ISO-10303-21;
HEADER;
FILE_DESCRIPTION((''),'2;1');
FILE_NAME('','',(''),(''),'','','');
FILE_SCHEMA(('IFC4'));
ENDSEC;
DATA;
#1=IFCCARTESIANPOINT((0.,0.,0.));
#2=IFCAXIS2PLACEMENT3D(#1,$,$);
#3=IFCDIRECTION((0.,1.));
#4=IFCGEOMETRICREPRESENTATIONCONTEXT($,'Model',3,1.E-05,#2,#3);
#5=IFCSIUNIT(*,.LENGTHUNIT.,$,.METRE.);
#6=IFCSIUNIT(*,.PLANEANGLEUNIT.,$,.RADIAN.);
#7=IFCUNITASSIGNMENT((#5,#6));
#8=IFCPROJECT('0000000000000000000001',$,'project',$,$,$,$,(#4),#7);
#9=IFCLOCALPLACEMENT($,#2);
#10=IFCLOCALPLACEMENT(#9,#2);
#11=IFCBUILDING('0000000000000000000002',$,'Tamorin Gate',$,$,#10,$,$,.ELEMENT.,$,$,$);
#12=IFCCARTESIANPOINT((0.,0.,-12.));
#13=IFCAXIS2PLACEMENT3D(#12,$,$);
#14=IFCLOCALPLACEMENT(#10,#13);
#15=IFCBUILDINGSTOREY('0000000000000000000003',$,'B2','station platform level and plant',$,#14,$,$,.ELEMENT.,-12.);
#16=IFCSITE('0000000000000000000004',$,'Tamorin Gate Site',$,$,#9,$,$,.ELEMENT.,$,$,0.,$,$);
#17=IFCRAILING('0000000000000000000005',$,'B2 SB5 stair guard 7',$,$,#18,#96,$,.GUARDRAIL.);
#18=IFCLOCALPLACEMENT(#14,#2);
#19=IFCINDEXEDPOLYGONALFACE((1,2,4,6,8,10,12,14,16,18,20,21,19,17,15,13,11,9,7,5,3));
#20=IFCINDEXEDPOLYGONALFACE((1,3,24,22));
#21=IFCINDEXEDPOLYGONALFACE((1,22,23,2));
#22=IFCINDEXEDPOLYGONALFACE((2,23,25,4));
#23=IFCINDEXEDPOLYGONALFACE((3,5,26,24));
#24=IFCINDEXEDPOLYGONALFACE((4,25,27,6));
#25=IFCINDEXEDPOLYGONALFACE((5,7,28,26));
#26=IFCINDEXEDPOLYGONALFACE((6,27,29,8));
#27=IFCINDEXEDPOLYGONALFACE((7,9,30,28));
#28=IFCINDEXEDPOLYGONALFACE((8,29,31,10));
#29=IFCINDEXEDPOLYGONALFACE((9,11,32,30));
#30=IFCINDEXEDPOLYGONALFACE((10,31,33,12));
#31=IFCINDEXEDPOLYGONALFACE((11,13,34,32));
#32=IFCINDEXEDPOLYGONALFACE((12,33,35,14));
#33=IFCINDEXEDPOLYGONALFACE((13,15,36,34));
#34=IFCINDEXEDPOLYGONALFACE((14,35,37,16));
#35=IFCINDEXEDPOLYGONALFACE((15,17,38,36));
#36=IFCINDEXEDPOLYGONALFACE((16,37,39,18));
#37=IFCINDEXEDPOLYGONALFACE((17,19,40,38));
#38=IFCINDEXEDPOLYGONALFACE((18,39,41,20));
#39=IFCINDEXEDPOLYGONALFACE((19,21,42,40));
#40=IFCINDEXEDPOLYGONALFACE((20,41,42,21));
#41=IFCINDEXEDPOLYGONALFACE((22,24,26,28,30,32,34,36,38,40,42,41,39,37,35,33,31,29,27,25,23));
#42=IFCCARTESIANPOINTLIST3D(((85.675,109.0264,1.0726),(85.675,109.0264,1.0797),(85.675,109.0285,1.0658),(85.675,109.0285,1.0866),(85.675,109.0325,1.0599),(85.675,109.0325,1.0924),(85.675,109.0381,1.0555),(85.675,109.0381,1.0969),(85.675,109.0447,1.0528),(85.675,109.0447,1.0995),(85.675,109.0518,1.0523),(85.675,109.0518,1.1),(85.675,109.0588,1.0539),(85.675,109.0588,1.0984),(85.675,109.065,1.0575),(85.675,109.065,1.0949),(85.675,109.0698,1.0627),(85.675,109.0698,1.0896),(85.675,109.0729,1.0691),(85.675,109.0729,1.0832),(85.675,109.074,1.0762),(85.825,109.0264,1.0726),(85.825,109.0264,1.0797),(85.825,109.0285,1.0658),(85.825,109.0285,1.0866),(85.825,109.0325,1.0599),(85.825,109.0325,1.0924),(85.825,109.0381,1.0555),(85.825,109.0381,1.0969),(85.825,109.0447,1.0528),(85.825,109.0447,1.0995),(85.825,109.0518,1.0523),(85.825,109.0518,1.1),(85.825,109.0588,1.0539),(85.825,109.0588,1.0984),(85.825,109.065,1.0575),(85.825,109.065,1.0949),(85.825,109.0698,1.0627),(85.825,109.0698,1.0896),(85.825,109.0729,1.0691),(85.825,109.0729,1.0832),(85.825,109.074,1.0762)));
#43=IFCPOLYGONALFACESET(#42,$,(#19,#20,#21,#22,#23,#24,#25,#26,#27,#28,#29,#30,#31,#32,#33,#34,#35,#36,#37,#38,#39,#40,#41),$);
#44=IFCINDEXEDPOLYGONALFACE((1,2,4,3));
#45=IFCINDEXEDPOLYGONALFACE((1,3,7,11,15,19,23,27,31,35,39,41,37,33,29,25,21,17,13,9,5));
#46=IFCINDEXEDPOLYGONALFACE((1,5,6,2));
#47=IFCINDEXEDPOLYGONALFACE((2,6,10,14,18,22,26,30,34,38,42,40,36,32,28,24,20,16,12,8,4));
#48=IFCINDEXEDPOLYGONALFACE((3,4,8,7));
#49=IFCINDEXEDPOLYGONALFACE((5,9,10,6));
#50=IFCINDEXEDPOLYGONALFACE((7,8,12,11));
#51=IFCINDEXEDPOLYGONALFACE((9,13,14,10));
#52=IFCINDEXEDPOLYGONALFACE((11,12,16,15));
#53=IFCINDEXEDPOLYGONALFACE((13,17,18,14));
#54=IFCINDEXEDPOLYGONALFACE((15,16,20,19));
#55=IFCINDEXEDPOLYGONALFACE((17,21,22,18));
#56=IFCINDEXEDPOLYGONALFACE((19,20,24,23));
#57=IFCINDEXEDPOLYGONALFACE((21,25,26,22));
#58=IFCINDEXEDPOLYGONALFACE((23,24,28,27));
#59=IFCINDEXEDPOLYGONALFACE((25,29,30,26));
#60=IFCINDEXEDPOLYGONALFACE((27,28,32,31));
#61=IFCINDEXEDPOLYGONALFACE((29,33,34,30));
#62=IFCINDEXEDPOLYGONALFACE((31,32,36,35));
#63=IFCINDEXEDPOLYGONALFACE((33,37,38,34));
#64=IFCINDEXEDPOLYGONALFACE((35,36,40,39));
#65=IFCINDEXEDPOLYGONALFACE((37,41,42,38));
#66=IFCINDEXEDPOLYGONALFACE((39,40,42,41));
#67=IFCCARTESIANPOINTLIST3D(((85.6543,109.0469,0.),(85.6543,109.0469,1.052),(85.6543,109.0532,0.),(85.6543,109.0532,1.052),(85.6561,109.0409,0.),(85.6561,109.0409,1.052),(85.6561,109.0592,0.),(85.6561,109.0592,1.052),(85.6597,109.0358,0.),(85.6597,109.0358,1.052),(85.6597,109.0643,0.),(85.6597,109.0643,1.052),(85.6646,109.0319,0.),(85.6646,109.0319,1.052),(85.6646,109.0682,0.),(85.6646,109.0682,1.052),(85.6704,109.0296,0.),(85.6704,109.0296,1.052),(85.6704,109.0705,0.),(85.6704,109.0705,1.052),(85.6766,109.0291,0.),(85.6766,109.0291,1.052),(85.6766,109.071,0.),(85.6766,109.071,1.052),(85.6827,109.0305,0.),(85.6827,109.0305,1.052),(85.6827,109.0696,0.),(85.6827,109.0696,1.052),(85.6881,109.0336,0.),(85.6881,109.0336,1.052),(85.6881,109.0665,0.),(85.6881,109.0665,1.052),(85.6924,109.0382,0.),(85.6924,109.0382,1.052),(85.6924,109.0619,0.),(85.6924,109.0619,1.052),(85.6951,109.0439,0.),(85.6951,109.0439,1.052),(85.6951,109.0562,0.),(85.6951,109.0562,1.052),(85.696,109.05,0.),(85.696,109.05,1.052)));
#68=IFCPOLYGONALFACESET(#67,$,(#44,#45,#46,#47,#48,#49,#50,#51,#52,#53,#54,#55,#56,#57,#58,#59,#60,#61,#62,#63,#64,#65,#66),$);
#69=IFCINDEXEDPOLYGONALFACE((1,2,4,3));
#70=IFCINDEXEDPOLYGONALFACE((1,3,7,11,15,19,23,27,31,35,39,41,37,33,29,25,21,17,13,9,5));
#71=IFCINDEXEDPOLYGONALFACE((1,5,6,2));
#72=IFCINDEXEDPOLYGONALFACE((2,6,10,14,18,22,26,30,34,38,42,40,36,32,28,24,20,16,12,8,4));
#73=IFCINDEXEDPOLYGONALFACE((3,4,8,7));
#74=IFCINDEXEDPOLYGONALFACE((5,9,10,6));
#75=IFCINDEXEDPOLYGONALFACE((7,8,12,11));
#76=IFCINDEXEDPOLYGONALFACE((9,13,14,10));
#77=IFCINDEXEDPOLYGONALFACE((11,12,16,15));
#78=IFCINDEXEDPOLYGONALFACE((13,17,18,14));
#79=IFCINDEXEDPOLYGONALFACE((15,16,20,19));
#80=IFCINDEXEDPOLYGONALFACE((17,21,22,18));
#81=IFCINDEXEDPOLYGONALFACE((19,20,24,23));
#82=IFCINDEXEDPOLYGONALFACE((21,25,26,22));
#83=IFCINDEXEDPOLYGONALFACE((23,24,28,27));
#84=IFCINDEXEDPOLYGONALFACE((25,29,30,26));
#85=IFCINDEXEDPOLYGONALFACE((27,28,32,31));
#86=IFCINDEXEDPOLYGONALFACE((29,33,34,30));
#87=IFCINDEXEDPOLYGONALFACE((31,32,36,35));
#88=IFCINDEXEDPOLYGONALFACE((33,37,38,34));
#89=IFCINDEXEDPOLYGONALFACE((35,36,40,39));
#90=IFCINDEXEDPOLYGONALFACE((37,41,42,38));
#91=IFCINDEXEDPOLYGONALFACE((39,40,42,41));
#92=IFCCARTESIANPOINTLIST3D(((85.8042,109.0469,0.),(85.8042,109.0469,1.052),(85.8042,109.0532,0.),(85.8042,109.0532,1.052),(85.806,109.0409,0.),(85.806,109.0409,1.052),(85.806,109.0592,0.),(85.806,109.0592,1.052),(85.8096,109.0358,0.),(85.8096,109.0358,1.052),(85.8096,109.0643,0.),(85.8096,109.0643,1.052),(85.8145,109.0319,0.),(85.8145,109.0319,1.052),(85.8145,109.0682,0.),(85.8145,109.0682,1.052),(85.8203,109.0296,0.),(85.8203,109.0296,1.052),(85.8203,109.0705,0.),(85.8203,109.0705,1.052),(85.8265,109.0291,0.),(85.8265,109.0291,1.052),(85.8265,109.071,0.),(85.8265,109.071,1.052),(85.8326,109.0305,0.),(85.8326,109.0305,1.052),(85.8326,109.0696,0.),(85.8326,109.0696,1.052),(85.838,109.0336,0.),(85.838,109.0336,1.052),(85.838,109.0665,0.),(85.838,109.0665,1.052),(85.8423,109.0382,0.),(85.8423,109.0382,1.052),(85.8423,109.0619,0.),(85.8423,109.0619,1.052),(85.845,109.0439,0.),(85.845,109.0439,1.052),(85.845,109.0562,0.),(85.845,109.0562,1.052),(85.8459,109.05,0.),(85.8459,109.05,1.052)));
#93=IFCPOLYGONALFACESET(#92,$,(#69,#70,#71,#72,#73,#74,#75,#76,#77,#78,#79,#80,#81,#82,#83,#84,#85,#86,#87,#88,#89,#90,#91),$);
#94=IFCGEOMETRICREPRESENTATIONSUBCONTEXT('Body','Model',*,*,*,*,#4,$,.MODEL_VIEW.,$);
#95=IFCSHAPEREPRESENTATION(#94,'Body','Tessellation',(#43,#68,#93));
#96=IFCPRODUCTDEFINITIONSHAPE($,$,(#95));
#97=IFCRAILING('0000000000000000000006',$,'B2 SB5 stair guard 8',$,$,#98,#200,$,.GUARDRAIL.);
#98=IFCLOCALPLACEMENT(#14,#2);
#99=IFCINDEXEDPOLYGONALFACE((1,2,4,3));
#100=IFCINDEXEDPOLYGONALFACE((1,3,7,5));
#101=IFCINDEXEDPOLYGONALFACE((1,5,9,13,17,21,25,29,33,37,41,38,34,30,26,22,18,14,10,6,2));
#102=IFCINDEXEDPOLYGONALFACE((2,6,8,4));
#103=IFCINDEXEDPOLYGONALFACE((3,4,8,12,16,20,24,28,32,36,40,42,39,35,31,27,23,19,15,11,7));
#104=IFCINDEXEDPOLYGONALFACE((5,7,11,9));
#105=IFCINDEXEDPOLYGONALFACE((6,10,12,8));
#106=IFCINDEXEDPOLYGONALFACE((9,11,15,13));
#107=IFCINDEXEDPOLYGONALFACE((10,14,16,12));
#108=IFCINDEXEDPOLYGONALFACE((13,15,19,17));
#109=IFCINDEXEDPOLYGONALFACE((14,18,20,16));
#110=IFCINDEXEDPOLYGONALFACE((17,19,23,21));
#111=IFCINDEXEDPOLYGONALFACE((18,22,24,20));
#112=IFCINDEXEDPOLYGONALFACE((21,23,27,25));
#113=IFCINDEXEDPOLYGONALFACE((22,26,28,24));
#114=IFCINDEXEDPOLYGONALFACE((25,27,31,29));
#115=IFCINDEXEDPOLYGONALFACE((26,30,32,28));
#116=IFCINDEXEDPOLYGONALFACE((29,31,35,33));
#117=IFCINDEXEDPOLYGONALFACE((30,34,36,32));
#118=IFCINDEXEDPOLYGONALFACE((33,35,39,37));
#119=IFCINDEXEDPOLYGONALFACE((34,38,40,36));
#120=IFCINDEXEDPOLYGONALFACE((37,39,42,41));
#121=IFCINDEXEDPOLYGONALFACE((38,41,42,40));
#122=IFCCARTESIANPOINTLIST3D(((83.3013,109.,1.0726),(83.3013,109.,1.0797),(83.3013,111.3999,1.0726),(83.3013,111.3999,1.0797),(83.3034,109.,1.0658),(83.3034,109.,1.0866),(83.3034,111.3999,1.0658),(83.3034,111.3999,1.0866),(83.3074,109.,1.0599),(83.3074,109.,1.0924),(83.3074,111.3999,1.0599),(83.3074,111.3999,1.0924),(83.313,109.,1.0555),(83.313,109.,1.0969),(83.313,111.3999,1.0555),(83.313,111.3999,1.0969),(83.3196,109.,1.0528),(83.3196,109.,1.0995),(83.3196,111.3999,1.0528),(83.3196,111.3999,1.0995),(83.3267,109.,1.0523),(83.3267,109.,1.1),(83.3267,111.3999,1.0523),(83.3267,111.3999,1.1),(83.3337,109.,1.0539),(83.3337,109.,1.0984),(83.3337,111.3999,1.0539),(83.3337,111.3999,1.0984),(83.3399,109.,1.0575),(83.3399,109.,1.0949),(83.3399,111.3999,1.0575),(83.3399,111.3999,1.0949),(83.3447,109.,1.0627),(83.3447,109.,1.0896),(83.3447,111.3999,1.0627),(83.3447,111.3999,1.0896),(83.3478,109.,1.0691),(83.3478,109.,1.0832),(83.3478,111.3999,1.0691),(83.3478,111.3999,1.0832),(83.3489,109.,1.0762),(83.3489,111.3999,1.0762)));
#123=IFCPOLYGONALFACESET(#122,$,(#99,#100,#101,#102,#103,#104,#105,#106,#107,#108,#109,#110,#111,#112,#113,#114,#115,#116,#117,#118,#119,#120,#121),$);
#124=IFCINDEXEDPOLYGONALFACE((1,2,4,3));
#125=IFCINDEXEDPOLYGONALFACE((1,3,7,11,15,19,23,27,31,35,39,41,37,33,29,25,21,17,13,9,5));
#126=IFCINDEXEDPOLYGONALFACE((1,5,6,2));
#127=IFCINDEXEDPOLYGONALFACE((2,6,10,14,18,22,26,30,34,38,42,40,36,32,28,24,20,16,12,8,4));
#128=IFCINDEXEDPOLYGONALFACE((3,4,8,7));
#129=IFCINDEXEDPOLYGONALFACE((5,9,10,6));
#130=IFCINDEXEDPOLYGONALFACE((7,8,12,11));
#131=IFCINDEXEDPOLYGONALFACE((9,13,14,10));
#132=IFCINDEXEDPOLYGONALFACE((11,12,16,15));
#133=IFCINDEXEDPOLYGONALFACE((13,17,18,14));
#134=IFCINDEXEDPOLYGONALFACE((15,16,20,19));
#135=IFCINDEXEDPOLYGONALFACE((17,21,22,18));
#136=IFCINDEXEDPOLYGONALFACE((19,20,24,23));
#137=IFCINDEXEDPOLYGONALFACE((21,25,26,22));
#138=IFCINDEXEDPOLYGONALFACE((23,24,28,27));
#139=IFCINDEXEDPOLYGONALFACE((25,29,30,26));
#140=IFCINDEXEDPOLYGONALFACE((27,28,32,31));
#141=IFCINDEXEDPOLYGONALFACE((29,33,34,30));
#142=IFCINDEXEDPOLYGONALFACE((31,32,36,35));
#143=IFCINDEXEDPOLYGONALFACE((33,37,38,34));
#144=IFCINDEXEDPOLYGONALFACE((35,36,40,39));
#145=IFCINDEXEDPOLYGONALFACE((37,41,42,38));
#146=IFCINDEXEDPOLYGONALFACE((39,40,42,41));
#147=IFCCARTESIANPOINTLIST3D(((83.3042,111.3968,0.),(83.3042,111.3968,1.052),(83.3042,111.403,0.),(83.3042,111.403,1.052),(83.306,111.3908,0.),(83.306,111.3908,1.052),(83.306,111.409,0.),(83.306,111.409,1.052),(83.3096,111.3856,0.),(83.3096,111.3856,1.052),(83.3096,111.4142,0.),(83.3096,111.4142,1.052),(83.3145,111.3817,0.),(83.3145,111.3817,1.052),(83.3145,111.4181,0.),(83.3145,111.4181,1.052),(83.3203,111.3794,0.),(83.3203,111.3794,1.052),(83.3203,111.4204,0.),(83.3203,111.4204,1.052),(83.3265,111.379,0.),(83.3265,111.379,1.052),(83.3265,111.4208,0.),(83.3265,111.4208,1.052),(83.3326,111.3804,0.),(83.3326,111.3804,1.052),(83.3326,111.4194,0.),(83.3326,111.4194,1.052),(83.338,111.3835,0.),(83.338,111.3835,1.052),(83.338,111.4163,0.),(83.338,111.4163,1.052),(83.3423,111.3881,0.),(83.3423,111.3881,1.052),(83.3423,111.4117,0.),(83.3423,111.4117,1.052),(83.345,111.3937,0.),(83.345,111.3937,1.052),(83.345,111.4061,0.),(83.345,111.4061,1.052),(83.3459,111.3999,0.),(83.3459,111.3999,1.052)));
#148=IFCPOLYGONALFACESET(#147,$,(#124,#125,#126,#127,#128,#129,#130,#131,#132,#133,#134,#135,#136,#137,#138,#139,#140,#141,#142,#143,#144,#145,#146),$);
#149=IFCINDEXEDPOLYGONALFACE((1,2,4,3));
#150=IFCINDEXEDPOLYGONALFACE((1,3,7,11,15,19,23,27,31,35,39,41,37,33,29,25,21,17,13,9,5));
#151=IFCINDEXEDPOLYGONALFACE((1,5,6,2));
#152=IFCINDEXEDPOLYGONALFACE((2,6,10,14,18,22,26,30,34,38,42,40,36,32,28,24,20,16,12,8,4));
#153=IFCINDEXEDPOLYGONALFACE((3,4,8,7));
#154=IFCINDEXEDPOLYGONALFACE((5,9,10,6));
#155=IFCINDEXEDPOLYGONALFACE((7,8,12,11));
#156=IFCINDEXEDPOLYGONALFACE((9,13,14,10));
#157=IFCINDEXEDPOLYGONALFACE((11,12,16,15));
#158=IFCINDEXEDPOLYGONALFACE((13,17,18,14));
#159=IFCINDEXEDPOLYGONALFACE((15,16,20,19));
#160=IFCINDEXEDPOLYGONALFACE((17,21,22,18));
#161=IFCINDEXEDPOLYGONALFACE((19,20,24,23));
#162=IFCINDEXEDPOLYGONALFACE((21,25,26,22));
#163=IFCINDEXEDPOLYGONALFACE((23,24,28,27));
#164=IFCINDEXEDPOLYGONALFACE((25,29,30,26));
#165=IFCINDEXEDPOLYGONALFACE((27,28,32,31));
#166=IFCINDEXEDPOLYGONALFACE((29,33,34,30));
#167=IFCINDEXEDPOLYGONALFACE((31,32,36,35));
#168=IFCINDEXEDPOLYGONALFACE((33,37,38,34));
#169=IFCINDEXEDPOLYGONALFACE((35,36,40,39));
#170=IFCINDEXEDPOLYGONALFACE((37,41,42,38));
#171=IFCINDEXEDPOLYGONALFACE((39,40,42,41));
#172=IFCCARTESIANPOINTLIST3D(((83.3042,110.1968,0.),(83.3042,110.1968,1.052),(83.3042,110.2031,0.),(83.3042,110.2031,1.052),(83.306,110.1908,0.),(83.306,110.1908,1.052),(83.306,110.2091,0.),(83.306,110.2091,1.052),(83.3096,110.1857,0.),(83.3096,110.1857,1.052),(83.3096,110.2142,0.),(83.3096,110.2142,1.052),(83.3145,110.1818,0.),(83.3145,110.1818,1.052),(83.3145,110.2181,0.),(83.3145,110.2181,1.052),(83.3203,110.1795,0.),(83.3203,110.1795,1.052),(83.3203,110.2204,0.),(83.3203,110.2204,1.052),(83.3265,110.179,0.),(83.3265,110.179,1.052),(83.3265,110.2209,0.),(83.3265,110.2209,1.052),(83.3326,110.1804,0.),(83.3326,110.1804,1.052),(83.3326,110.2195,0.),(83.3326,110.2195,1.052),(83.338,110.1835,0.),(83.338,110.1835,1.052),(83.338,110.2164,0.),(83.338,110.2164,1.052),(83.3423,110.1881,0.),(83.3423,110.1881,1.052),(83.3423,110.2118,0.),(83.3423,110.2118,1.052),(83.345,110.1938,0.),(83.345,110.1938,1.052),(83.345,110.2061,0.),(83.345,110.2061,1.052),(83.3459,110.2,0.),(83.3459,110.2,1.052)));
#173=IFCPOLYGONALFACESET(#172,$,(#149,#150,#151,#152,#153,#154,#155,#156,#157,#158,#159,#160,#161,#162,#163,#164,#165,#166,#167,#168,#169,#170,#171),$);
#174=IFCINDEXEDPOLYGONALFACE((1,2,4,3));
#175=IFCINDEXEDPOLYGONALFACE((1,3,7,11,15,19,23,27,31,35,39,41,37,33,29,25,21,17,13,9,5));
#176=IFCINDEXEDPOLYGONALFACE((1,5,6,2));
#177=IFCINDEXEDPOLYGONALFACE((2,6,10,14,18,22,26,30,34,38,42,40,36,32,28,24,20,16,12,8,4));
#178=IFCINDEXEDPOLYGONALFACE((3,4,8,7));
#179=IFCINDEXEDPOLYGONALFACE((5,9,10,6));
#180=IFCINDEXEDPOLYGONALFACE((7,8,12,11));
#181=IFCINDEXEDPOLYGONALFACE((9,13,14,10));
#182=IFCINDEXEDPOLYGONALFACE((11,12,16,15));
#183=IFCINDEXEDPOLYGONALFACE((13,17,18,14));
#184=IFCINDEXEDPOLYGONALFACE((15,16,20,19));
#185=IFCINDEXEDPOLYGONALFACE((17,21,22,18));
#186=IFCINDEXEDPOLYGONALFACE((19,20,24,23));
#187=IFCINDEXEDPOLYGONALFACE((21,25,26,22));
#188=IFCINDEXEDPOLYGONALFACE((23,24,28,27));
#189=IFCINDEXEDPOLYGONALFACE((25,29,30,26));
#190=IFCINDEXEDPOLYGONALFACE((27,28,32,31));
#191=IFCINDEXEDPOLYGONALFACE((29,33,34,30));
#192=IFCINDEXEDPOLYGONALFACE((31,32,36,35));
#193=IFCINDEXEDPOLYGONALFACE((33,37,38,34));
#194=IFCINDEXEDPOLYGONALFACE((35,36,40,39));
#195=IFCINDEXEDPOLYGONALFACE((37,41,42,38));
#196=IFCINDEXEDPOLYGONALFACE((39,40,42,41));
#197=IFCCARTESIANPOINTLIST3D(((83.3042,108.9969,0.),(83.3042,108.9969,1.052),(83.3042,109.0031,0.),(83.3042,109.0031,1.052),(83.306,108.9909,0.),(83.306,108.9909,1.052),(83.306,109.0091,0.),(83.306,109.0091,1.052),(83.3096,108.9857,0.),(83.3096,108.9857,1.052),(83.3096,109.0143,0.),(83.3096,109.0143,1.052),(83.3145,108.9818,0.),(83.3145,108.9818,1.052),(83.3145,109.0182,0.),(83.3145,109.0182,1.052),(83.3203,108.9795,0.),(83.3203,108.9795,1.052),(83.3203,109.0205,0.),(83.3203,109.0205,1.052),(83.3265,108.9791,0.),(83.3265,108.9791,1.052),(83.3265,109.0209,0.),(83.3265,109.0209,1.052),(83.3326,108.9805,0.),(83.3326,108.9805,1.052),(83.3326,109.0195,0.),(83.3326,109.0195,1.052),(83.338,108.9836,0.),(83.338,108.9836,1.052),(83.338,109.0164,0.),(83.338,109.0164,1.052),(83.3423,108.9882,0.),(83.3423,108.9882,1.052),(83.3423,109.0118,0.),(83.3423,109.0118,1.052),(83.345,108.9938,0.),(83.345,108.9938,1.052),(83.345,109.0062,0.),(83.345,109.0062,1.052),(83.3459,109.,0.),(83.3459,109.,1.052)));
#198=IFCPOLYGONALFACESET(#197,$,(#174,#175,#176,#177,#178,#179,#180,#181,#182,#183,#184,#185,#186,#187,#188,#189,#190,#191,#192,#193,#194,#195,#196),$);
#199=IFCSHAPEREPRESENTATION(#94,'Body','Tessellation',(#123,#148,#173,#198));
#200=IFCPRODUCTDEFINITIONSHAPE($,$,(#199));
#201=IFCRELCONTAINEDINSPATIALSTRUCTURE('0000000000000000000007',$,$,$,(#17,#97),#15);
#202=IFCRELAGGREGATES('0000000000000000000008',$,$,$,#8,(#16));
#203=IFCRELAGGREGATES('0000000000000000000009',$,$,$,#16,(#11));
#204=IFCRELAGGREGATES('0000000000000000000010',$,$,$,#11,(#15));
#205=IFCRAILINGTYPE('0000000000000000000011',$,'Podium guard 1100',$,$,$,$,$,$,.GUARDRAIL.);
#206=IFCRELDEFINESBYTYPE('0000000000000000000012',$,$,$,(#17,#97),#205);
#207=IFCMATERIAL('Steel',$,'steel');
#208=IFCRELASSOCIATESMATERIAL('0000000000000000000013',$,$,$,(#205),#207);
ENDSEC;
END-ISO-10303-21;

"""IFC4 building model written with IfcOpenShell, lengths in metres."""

from ifc_helpers import new_model, si_unit, direction, frame, origin, origin_2d, place, context, subcontext, project, spatial, circle, extrude, material, type_object, element, save


model = new_model("IFC4")

# Units and contexts
model_context = context("Model", 3, precision=1e-05, world=origin(), true_north=direction((0.0, 1.0)))
body_context = subcontext(model_context, "Body", "Model", "MODEL_VIEW")
ifc_project = project(units=[si_unit("LENGTHUNIT", "METRE"), si_unit("PLANEANGLEUNIT", "RADIAN")], contexts=[model_context])

# Site, building, storey
site_placement = place(None, origin())
site = spatial("IfcSite", under=ifc_project, at=site_placement, Name="Tamorin Gate Site", CompositionType="ELEMENT", RefElevation=0.0)
building_placement = place(site_placement, origin())
building = spatial("IfcBuilding", under=site, at=building_placement, Name="Tamorin Gate", CompositionType="ELEMENT")
storey_placement = place(building_placement, frame((0.0, 0.0, -12.0)))
storey = spatial("IfcBuildingStorey", under=building, at=storey_placement, Name="B2", Description="station platform level and plant", CompositionType="ELEMENT", Elevation=-12.0)

# Railings
ifc_material_1 = material(Name="Steel", Category="steel")
railing_type_1 = type_object("IfcRailingType", Name="Podium guard 1100", PredefinedType="GUARDRAIL", material=ifc_material_1)
railing_1_placement = place(storey_placement, frame((85.675, 109.05, 0.0)))
element("IfcRailing", 1, at=railing_1_placement, inside=storey, type_object=railing_type_1, Name="B2 SB5 stair guard 7", PredefinedType="GUARDRAIL", context=body_context, shape_type="SweptSolid", body=[
    extrude(circle(Radius=0.0239, at=origin_2d()), frame((0.0, 0.0, 1.0762), z_axis=(1.0, 0.0, 0.0), x_axis=(0.0, 1.0, 0.0)), (0.0, 0.0, 1.0), 0.1499),
    extrude(circle(Radius=0.021, at=origin_2d()), origin(), (0.0, 0.0, 1.0), 1.052),
    extrude(circle(Radius=0.021, at=origin_2d()), frame((0.1499, 0.0, 0.0)), (0.0, 0.0, 1.0), 1.052),
])
for number, where, name in (
    (2, (83.325, 111.3999, 0.0), "B2 SB5 stair guard 8"),
):
    element("IfcRailing", number, at=place(storey_placement, frame(where)), inside=storey, type_object=railing_type_1, Name=name, PredefinedType="GUARDRAIL", context=body_context, shape_type="SweptSolid", body=[
        extrude(circle(Radius=0.0239, at=origin_2d()), frame((0.0, 0.0, 1.0762), z_axis=(0.0, -1.0, 0.0), x_axis=(1.0, 0.0, 0.0)), (0.0, 0.0, 1.0), 2.3999),
        extrude(circle(Radius=0.021, at=origin_2d()), origin(), (0.0, 0.0, 1.0), 1.052),
        extrude(circle(Radius=0.021, at=origin_2d()), frame((0.0, -1.2, 0.0)), (0.0, 0.0, 1.0), 1.052),
        extrude(circle(Radius=0.021, at=origin_2d()), frame((0.0, -2.3999, 0.0)), (0.0, 0.0, 1.0), 1.052),
    ])

save(model, "model.ifc")
